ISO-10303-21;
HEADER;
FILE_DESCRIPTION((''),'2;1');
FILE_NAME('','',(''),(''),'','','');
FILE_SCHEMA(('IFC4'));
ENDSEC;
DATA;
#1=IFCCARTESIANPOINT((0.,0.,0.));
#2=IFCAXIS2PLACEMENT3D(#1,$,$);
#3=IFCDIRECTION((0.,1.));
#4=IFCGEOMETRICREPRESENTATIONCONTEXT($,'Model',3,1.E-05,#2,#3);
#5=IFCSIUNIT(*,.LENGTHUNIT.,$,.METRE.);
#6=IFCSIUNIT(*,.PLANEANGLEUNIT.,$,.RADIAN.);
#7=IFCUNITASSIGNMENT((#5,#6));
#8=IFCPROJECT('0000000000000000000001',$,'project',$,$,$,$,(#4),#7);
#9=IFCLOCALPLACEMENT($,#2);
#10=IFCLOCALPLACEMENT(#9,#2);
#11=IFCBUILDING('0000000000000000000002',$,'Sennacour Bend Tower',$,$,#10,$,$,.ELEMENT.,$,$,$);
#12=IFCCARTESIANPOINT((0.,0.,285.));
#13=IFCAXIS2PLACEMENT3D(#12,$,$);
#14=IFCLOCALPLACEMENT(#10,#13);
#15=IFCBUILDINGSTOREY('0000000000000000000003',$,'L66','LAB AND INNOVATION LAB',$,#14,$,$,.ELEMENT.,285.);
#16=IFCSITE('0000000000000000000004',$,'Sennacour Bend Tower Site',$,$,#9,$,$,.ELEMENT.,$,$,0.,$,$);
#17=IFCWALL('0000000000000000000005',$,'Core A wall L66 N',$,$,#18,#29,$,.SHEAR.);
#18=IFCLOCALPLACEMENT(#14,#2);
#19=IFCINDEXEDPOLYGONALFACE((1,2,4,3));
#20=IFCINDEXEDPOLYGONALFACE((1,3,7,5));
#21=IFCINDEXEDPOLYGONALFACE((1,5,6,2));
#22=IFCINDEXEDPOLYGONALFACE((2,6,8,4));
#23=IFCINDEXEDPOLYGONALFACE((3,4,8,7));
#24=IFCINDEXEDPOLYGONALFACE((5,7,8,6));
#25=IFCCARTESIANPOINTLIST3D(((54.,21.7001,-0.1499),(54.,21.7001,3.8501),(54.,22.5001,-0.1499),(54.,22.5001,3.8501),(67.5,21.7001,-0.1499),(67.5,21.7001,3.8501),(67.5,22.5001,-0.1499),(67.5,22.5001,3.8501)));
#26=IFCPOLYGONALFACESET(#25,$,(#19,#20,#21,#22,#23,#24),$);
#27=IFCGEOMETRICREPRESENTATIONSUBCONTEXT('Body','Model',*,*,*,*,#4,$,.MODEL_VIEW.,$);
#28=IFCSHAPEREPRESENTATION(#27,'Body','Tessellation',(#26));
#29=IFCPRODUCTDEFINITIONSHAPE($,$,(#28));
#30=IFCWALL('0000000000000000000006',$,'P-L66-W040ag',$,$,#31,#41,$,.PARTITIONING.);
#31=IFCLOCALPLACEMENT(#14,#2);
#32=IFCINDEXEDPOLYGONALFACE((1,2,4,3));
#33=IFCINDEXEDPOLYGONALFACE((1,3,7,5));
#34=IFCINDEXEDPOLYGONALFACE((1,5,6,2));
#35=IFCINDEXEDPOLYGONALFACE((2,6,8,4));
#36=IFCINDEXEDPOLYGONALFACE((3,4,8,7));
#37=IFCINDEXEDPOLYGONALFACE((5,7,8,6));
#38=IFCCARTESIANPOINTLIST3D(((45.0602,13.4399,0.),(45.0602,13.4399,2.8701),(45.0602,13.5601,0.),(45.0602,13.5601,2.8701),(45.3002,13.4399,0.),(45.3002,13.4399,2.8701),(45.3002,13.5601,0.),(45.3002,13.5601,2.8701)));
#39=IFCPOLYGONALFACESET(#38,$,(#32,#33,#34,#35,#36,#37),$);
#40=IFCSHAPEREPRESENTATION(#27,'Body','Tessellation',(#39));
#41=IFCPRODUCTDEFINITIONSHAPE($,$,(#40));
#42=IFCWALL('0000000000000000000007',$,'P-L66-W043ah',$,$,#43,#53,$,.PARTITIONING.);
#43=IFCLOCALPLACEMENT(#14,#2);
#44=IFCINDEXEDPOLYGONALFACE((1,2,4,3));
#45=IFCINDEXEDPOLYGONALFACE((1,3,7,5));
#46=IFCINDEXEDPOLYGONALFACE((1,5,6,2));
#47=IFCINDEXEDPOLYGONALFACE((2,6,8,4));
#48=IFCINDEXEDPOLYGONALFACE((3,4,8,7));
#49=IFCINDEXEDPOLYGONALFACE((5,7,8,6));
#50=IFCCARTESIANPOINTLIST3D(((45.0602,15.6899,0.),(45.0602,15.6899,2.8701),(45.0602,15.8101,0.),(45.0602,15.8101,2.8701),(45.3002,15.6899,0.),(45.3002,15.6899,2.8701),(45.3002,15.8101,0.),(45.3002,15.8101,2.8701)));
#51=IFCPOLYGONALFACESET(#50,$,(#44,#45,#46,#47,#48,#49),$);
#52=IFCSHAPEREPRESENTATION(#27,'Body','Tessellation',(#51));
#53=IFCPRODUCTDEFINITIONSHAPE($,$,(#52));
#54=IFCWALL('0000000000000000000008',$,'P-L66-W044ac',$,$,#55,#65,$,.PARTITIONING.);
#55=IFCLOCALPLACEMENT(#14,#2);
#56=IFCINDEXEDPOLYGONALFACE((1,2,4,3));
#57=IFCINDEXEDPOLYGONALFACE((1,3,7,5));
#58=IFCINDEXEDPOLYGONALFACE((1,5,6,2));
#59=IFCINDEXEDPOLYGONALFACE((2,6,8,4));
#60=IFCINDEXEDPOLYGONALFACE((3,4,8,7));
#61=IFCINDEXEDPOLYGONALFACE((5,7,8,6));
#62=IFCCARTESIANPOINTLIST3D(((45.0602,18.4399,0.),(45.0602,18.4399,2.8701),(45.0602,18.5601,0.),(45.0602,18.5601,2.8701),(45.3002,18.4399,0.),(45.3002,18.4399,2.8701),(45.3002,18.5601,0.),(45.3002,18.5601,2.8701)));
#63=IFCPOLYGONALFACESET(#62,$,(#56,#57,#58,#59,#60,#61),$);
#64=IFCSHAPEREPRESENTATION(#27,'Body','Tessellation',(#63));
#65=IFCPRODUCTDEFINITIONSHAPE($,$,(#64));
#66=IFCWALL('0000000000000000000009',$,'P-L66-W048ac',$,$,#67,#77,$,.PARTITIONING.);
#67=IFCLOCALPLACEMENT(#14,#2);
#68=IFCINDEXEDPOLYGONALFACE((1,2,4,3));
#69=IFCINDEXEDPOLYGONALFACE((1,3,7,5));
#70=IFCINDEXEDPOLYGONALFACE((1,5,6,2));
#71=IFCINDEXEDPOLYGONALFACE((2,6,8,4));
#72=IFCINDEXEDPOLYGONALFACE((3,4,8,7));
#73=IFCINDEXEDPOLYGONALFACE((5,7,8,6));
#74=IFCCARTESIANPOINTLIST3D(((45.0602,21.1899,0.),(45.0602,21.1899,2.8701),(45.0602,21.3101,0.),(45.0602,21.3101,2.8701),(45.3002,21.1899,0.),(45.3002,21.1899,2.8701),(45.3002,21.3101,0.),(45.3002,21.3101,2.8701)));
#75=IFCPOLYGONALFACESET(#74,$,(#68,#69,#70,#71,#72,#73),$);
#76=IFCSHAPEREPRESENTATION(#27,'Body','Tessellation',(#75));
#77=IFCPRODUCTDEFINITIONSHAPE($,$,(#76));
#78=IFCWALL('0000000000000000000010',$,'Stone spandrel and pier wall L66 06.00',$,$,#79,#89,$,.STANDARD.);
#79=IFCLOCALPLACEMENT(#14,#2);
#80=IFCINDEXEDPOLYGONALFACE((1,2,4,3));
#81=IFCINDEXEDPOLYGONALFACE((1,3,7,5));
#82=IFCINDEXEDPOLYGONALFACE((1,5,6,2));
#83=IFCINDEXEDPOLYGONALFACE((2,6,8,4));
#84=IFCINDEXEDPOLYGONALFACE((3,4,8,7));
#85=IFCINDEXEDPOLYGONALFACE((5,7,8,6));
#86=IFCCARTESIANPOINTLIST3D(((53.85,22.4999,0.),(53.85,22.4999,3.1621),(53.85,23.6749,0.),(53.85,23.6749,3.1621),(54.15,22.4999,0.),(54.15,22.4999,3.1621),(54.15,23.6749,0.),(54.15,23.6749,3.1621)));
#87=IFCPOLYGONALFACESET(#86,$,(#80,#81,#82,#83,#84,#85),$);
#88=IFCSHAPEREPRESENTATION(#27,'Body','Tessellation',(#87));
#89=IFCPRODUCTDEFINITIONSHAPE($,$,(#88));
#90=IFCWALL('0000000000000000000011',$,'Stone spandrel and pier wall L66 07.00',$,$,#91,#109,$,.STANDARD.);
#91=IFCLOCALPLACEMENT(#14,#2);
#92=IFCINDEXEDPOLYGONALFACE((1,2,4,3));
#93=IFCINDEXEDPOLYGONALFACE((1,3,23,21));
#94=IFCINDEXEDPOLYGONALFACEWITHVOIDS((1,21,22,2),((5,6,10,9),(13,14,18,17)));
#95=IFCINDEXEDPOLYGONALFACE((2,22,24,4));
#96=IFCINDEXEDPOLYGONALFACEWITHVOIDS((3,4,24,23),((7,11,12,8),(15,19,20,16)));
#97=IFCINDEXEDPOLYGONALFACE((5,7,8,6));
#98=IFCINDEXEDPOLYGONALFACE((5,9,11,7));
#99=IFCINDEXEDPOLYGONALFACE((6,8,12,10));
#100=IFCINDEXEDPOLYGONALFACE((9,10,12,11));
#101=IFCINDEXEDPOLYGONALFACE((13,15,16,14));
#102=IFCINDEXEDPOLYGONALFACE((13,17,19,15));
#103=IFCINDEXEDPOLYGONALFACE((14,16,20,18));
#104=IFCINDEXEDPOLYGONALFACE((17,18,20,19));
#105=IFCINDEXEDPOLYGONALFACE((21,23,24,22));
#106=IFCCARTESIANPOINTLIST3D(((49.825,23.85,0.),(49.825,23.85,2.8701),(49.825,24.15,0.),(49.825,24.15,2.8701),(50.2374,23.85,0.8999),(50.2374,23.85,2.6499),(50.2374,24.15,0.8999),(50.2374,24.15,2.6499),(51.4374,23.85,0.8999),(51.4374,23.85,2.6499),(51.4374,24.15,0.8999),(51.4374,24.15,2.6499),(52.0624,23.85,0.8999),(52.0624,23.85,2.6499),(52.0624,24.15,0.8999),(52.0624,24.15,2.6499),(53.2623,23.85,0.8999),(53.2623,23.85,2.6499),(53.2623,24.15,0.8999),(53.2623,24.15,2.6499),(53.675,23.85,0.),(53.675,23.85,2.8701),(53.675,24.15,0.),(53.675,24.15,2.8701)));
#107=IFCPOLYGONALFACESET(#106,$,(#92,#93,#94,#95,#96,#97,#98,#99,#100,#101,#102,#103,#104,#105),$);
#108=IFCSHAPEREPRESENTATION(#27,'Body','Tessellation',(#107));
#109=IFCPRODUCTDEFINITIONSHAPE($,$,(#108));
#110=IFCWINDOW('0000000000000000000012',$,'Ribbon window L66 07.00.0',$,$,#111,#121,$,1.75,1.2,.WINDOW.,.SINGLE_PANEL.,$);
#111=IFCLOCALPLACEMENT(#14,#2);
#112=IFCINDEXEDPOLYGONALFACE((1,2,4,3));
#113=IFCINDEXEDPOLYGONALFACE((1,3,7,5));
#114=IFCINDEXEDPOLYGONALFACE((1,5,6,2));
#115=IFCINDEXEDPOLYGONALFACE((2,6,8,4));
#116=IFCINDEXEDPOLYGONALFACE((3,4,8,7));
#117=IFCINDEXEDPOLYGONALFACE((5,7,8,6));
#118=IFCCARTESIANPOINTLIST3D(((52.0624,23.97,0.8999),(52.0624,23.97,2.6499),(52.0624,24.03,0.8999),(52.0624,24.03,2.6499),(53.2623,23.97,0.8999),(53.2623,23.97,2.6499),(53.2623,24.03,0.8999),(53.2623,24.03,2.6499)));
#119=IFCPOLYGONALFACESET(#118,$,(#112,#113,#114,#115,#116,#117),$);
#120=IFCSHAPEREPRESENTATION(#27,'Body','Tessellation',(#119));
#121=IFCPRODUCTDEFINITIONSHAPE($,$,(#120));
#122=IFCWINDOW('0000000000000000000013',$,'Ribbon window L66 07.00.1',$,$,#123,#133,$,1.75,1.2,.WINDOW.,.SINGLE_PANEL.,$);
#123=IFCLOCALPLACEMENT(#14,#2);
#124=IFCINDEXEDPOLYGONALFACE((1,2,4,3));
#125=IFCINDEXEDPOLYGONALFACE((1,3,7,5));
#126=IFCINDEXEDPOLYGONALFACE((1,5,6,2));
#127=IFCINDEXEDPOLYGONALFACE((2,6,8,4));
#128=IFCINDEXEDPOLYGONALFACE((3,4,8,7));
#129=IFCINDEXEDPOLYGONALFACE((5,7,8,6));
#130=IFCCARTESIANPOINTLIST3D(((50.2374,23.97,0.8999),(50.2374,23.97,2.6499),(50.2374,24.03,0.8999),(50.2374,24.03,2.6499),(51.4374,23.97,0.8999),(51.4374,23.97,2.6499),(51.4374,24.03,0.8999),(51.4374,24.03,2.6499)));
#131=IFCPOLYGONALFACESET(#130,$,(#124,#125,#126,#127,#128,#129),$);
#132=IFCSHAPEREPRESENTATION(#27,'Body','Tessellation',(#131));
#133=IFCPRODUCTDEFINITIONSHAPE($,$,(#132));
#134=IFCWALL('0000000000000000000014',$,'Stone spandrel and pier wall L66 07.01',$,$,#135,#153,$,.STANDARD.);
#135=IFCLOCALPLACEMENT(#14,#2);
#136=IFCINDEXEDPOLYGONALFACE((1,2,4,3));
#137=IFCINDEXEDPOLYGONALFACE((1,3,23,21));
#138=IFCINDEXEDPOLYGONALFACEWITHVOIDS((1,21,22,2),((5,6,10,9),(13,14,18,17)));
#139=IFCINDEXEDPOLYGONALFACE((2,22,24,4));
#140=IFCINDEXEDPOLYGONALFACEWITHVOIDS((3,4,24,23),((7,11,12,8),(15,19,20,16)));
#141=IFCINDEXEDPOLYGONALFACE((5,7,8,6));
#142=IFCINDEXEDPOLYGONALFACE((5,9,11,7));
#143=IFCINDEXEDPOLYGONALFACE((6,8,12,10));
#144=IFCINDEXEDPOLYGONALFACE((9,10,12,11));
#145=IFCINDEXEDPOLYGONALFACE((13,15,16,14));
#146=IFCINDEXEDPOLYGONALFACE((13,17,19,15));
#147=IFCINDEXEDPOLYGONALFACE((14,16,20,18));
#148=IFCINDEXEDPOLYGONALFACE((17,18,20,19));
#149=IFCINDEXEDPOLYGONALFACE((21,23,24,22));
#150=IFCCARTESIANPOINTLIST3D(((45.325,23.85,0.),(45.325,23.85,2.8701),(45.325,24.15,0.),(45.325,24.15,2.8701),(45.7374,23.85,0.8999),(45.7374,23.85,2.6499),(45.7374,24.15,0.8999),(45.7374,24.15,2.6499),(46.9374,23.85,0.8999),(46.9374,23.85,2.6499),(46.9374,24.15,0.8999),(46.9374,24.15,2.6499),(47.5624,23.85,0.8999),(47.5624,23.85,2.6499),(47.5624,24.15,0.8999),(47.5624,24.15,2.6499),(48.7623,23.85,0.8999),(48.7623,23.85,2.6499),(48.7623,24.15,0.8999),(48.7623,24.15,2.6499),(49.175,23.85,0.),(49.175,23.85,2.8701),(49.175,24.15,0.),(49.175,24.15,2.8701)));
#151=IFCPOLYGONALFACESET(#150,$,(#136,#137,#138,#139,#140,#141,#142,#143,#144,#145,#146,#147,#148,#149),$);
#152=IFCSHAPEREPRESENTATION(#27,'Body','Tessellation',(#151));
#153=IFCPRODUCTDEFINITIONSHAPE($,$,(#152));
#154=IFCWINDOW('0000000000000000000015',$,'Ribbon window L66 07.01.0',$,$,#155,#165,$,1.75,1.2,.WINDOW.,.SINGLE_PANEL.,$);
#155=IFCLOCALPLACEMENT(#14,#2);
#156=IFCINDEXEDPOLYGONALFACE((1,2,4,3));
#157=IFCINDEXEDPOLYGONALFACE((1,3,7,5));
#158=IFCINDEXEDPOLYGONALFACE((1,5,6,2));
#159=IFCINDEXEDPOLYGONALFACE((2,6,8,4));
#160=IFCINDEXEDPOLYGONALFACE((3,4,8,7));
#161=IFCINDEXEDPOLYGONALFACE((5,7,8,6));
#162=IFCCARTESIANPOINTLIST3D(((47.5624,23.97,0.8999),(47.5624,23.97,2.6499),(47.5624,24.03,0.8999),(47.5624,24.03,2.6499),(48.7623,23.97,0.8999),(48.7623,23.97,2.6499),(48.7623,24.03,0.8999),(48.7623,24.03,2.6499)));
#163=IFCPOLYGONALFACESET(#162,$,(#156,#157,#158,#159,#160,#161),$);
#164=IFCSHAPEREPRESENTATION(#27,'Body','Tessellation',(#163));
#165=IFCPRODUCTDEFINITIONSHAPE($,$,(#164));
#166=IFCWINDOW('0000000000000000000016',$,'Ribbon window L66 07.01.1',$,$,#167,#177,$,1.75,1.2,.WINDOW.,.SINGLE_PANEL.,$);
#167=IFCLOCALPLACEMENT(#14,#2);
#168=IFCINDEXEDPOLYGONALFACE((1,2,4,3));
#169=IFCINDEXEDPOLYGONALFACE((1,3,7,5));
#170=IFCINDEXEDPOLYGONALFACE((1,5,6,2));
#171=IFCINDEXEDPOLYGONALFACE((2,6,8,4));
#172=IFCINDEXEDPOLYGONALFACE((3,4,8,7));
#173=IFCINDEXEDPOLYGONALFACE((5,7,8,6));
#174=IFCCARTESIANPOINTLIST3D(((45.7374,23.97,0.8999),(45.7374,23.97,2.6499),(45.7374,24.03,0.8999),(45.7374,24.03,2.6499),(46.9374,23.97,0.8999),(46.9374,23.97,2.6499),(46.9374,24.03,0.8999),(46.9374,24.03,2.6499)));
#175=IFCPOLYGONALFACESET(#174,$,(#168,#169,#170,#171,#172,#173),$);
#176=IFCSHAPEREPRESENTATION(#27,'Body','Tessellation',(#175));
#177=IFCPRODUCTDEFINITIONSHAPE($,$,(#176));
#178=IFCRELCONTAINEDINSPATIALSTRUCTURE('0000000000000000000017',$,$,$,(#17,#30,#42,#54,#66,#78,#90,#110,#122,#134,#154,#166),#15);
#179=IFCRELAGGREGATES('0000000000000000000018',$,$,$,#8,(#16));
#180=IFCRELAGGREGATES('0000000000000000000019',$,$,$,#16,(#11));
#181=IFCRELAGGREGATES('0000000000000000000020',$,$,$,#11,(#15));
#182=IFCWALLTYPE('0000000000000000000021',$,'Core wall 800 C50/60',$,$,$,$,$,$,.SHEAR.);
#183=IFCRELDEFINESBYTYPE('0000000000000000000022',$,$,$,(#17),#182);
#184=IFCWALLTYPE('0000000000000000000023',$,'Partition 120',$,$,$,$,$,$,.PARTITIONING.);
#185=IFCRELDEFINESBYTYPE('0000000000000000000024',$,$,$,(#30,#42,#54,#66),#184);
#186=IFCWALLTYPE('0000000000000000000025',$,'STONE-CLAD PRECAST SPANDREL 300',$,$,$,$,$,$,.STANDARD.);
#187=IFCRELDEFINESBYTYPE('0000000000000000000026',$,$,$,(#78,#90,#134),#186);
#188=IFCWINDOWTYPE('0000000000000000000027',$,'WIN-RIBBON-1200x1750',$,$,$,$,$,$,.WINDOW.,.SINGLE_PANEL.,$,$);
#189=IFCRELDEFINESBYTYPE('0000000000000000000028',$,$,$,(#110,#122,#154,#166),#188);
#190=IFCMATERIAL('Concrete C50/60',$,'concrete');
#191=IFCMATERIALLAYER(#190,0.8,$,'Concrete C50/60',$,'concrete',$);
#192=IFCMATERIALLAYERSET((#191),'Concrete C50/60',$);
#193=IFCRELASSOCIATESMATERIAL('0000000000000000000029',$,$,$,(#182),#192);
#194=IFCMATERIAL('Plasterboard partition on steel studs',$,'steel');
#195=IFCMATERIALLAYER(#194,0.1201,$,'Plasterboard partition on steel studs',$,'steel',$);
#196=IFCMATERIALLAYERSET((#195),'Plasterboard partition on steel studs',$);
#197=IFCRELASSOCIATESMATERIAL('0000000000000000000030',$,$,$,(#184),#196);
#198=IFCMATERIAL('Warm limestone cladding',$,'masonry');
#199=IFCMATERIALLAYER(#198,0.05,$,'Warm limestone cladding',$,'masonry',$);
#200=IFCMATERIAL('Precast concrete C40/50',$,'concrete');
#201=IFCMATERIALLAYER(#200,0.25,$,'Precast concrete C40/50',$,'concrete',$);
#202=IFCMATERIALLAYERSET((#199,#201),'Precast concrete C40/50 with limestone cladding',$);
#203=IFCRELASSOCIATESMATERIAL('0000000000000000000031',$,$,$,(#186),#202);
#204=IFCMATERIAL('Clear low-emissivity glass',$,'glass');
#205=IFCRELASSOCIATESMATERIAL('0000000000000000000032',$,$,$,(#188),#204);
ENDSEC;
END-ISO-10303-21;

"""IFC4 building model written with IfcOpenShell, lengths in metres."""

from ifc_helpers import new_model, si_unit, direction, frame, frame_2d, origin, place, context, subcontext, project, spatial, rectangle, extrude, material, layer, layer_set, type_object, element, fill, save


model = new_model("IFC4")

# Units and contexts
model_context = context("Model", 3, precision=1e-05, world=origin(), true_north=direction((0.0, 1.0)))
body_context = subcontext(model_context, "Body", "Model", "MODEL_VIEW")
ifc_project = project(units=[si_unit("LENGTHUNIT", "METRE"), si_unit("PLANEANGLEUNIT", "RADIAN")], contexts=[model_context])

# Site, building, storey
site_placement = place(None, origin())
site = spatial("IfcSite", under=ifc_project, at=site_placement, Name="Sennacour Bend Tower Site", CompositionType="ELEMENT", RefElevation=0.0)
building_placement = place(site_placement, origin())
building = spatial("IfcBuilding", under=site, at=building_placement, Name="Sennacour Bend Tower", CompositionType="ELEMENT")
storey_placement = place(building_placement, frame((0.0, 0.0, 285.0)))
storey = spatial("IfcBuildingStorey", under=building, at=storey_placement, Name="L66", Description="LAB AND INNOVATION LAB", CompositionType="ELEMENT", Elevation=285.0)

# Walls
ifc_material_1 = material(Name="Concrete C50/60", Category="concrete")
ifc_layer_1 = layer(ifc_material_1, 0.8, Name="Concrete C50/60", Category="concrete")
ifc_layer_set_1 = layer_set([ifc_layer_1], Name="Concrete C50/60")
wall_type_1 = type_object("IfcWallType", Name="Core wall 800 C50/60", PredefinedType="SHEAR", material=ifc_layer_set_1)
wall_1_placement = place(storey_placement, frame((54.0, 22.1001, -0.1499), z_axis=(0.0, 0.0, 1.0), x_axis=(1.0, 0.0, 0.0)))
element("IfcWall", 1, at=wall_1_placement, inside=storey, type_object=wall_type_1, Name="Core A wall L66 N", PredefinedType="SHEAR", context=body_context, shape_type="SweptSolid", body=[
    extrude(rectangle(XDim=13.5, YDim=0.8, at=frame_2d((6.75, 0.0))), origin(), (0.0, 0.0, 1.0), 4.0),
])
ifc_material_2 = material(Name="Plasterboard partition on steel studs", Category="steel")
ifc_layer_2 = layer(ifc_material_2, 0.1201, Name="Plasterboard partition on steel studs", Category="steel")
ifc_layer_set_2 = layer_set([ifc_layer_2], Name="Plasterboard partition on steel studs")
wall_type_2 = type_object("IfcWallType", Name="Partition 120", PredefinedType="PARTITIONING", material=ifc_layer_set_2)
for number, where, z_axis, x_axis, name in (
    (2, (45.0601, 13.5, 0.0), (0.0, 0.0, 1.0), (1.0, 0.0, 0.0), "P-L66-W040ag"),
    (3, (45.0601, 15.75, 0.0), (0.0, 0.0, 1.0), (1.0, 0.0, 0.0), "P-L66-W043ah"),
    (4, (45.0601, 18.5, 0.0), (0.0, 0.0, 1.0), (1.0, 0.0, 0.0), "P-L66-W044ac"),
    (5, (45.0601, 21.25, 0.0), (0.0, 0.0, 1.0), (1.0, 0.0, 0.0), "P-L66-W048ac"),
):
    element("IfcWall", number, at=place(storey_placement, frame(where, z_axis=z_axis, x_axis=x_axis)), inside=storey, type_object=wall_type_2, Name=name, PredefinedType="PARTITIONING", context=body_context, shape_type="SweptSolid", body=[
        extrude(rectangle(XDim=0.24, YDim=0.1201, at=frame_2d((0.1201, 0.0))), origin(), (0.0, 0.0, 1.0), 2.8701),
    ])
ifc_material_3 = material(Name="Warm limestone cladding", Category="masonry")
ifc_layer_3 = layer(ifc_material_3, 0.05, Name="Warm limestone cladding", Category="masonry")
ifc_material_4 = material(Name="Precast concrete C40/50", Category="concrete")
ifc_layer_4 = layer(ifc_material_4, 0.25, Name="Precast concrete C40/50", Category="concrete")
ifc_layer_set_3 = layer_set([ifc_layer_3, ifc_layer_4], Name="Precast concrete C40/50 with limestone cladding")
wall_type_3 = type_object("IfcWallType", Name="STONE-CLAD PRECAST SPANDREL 300", PredefinedType="STANDARD", material=ifc_layer_set_3)
wall_2_placement = place(storey_placement, frame((54.0, 22.5, 0.0), z_axis=(0.0, 0.0, 1.0), x_axis=(0.0, 1.0, 0.0)))
element("IfcWall", 6, at=wall_2_placement, inside=storey, type_object=wall_type_3, Name="Stone spandrel and pier wall L66 06.00", PredefinedType="STANDARD", context=body_context, shape_type="SweptSolid", body=[
    extrude(rectangle(XDim=1.175, YDim=0.3, at=frame_2d((0.5874, 0.0))), origin(), (0.0, 0.0, 1.0), 3.1621),
])

# Walls, openings, windows
wall_3_placement = place(storey_placement, frame((53.675, 24.0, 0.0), z_axis=(0.0, 0.0, 1.0), x_axis=(-1.0, 0.0, 0.0)))
wall_3 = element("IfcWall", 7, at=wall_3_placement, inside=storey, type_object=wall_type_3, Name="Stone spandrel and pier wall L66 07.00", PredefinedType="STANDARD", context=body_context, shape_type="SweptSolid", body=[
    extrude(rectangle(XDim=3.8501, YDim=0.3, at=frame_2d((1.925, 0.0))), origin(), (0.0, 0.0, 1.0), 2.8701),
])
opening_1_placement = place(wall_3_placement, frame((0.4126, 0.0, 0.8999)))
opening_1 = element("IfcOpeningElement", 8, at=opening_1_placement, cuts=wall_3, PredefinedType="OPENING", context=body_context, shape_type="SweptSolid", body=[
    extrude(rectangle(XDim=1.2, YDim=1.75, at=frame_2d((0.6001, 0.875))), frame((0.0, 0.1602, 0.0), z_axis=(0.0, -1.0, 0.0), x_axis=(1.0, 0.0, 0.0)), (0.0, 0.0, 1.0), 0.3201),
])
opening_2_placement = place(wall_3_placement, frame((2.2375, 0.0, 0.8999)))
opening_2 = element("IfcOpeningElement", 9, at=opening_2_placement, cuts=wall_3, PredefinedType="OPENING", context=body_context, shape_type="SweptSolid", body=[
    extrude(rectangle(XDim=1.2, YDim=1.75, at=frame_2d((0.6001, 0.875))), frame((0.0, 0.1602, 0.0), z_axis=(0.0, -1.0, 0.0), x_axis=(1.0, 0.0, 0.0)), (0.0, 0.0, 1.0), 0.3201),
])
ifc_material_5 = material(Name="Clear low-emissivity glass", Category="glass")
window_type = type_object("IfcWindowType", Name="WIN-RIBBON-1200x1750", PartitioningType="SINGLE_PANEL", PredefinedType="WINDOW", material=ifc_material_5)
window_1_placement = place(opening_1_placement, origin())
window_1 = element("IfcWindow", 10, at=window_1_placement, inside=storey, type_object=window_type, Name="Ribbon window L66 07.00.0", OverallHeight=1.75, OverallWidth=1.2, PartitioningType="SINGLE_PANEL", PredefinedType="WINDOW", context=body_context, shape_type="SweptSolid", body=[
    extrude(rectangle(XDim=1.2, YDim=1.75, at=frame_2d((0.6001, 0.875))), frame((0.0, 0.03, 0.0), z_axis=(0.0, -1.0, 0.0), x_axis=(1.0, 0.0, 0.0)), (0.0, 0.0, 1.0), 0.0601),
])
fill(opening_1, window_1)
window_2_placement = place(opening_2_placement, origin())
window_2 = element("IfcWindow", 11, at=window_2_placement, inside=storey, type_object=window_type, Name="Ribbon window L66 07.00.1", OverallHeight=1.75, OverallWidth=1.2, PartitioningType="SINGLE_PANEL", PredefinedType="WINDOW", context=body_context, shape_type="SweptSolid", body=[
    extrude(rectangle(XDim=1.2, YDim=1.75, at=frame_2d((0.6001, 0.875))), frame((0.0, 0.03, 0.0), z_axis=(0.0, -1.0, 0.0), x_axis=(1.0, 0.0, 0.0)), (0.0, 0.0, 1.0), 0.0601),
])
fill(opening_2, window_2)
wall_4_placement = place(storey_placement, frame((49.175, 24.0, 0.0), z_axis=(0.0, 0.0, 1.0), x_axis=(-1.0, 0.0, 0.0)))
wall_4 = element("IfcWall", 12, at=wall_4_placement, inside=storey, type_object=wall_type_3, Name="Stone spandrel and pier wall L66 07.01", PredefinedType="STANDARD", context=body_context, shape_type="SweptSolid", body=[
    extrude(rectangle(XDim=3.8501, YDim=0.3, at=frame_2d((1.925, 0.0))), origin(), (0.0, 0.0, 1.0), 2.8701),
])
opening_3_placement = place(wall_4_placement, frame((0.4126, 0.0, 0.8999)))
opening_3 = element("IfcOpeningElement", 13, at=opening_3_placement, cuts=wall_4, PredefinedType="OPENING", context=body_context, shape_type="SweptSolid", body=[
    extrude(rectangle(XDim=1.2, YDim=1.75, at=frame_2d((0.6001, 0.875))), frame((0.0, 0.1602, 0.0), z_axis=(0.0, -1.0, 0.0), x_axis=(1.0, 0.0, 0.0)), (0.0, 0.0, 1.0), 0.3201),
])
opening_4_placement = place(wall_4_placement, frame((2.2375, 0.0, 0.8999)))
opening_4 = element("IfcOpeningElement", 14, at=opening_4_placement, cuts=wall_4, PredefinedType="OPENING", context=body_context, shape_type="SweptSolid", body=[
    extrude(rectangle(XDim=1.2, YDim=1.75, at=frame_2d((0.6001, 0.875))), frame((0.0, 0.1602, 0.0), z_axis=(0.0, -1.0, 0.0), x_axis=(1.0, 0.0, 0.0)), (0.0, 0.0, 1.0), 0.3201),
])
window_3_placement = place(opening_3_placement, origin())
window_3 = element("IfcWindow", 15, at=window_3_placement, inside=storey, type_object=window_type, Name="Ribbon window L66 07.01.0", OverallHeight=1.75, OverallWidth=1.2, PartitioningType="SINGLE_PANEL", PredefinedType="WINDOW", context=body_context, shape_type="SweptSolid", body=[
    extrude(rectangle(XDim=1.2, YDim=1.75, at=frame_2d((0.6001, 0.875))), frame((0.0, 0.03, 0.0), z_axis=(0.0, -1.0, 0.0), x_axis=(1.0, 0.0, 0.0)), (0.0, 0.0, 1.0), 0.0601),
])
fill(opening_3, window_3)
window_4_placement = place(opening_4_placement, origin())
window_4 = element("IfcWindow", 16, at=window_4_placement, inside=storey, type_object=window_type, Name="Ribbon window L66 07.01.1", OverallHeight=1.75, OverallWidth=1.2, PartitioningType="SINGLE_PANEL", PredefinedType="WINDOW", context=body_context, shape_type="SweptSolid", body=[
    extrude(rectangle(XDim=1.2, YDim=1.75, at=frame_2d((0.6001, 0.875))), frame((0.0, 0.03, 0.0), z_axis=(0.0, -1.0, 0.0), x_axis=(1.0, 0.0, 0.0)), (0.0, 0.0, 1.0), 0.0601),
])
fill(opening_4, window_4)

save(model, "model.ifc")
